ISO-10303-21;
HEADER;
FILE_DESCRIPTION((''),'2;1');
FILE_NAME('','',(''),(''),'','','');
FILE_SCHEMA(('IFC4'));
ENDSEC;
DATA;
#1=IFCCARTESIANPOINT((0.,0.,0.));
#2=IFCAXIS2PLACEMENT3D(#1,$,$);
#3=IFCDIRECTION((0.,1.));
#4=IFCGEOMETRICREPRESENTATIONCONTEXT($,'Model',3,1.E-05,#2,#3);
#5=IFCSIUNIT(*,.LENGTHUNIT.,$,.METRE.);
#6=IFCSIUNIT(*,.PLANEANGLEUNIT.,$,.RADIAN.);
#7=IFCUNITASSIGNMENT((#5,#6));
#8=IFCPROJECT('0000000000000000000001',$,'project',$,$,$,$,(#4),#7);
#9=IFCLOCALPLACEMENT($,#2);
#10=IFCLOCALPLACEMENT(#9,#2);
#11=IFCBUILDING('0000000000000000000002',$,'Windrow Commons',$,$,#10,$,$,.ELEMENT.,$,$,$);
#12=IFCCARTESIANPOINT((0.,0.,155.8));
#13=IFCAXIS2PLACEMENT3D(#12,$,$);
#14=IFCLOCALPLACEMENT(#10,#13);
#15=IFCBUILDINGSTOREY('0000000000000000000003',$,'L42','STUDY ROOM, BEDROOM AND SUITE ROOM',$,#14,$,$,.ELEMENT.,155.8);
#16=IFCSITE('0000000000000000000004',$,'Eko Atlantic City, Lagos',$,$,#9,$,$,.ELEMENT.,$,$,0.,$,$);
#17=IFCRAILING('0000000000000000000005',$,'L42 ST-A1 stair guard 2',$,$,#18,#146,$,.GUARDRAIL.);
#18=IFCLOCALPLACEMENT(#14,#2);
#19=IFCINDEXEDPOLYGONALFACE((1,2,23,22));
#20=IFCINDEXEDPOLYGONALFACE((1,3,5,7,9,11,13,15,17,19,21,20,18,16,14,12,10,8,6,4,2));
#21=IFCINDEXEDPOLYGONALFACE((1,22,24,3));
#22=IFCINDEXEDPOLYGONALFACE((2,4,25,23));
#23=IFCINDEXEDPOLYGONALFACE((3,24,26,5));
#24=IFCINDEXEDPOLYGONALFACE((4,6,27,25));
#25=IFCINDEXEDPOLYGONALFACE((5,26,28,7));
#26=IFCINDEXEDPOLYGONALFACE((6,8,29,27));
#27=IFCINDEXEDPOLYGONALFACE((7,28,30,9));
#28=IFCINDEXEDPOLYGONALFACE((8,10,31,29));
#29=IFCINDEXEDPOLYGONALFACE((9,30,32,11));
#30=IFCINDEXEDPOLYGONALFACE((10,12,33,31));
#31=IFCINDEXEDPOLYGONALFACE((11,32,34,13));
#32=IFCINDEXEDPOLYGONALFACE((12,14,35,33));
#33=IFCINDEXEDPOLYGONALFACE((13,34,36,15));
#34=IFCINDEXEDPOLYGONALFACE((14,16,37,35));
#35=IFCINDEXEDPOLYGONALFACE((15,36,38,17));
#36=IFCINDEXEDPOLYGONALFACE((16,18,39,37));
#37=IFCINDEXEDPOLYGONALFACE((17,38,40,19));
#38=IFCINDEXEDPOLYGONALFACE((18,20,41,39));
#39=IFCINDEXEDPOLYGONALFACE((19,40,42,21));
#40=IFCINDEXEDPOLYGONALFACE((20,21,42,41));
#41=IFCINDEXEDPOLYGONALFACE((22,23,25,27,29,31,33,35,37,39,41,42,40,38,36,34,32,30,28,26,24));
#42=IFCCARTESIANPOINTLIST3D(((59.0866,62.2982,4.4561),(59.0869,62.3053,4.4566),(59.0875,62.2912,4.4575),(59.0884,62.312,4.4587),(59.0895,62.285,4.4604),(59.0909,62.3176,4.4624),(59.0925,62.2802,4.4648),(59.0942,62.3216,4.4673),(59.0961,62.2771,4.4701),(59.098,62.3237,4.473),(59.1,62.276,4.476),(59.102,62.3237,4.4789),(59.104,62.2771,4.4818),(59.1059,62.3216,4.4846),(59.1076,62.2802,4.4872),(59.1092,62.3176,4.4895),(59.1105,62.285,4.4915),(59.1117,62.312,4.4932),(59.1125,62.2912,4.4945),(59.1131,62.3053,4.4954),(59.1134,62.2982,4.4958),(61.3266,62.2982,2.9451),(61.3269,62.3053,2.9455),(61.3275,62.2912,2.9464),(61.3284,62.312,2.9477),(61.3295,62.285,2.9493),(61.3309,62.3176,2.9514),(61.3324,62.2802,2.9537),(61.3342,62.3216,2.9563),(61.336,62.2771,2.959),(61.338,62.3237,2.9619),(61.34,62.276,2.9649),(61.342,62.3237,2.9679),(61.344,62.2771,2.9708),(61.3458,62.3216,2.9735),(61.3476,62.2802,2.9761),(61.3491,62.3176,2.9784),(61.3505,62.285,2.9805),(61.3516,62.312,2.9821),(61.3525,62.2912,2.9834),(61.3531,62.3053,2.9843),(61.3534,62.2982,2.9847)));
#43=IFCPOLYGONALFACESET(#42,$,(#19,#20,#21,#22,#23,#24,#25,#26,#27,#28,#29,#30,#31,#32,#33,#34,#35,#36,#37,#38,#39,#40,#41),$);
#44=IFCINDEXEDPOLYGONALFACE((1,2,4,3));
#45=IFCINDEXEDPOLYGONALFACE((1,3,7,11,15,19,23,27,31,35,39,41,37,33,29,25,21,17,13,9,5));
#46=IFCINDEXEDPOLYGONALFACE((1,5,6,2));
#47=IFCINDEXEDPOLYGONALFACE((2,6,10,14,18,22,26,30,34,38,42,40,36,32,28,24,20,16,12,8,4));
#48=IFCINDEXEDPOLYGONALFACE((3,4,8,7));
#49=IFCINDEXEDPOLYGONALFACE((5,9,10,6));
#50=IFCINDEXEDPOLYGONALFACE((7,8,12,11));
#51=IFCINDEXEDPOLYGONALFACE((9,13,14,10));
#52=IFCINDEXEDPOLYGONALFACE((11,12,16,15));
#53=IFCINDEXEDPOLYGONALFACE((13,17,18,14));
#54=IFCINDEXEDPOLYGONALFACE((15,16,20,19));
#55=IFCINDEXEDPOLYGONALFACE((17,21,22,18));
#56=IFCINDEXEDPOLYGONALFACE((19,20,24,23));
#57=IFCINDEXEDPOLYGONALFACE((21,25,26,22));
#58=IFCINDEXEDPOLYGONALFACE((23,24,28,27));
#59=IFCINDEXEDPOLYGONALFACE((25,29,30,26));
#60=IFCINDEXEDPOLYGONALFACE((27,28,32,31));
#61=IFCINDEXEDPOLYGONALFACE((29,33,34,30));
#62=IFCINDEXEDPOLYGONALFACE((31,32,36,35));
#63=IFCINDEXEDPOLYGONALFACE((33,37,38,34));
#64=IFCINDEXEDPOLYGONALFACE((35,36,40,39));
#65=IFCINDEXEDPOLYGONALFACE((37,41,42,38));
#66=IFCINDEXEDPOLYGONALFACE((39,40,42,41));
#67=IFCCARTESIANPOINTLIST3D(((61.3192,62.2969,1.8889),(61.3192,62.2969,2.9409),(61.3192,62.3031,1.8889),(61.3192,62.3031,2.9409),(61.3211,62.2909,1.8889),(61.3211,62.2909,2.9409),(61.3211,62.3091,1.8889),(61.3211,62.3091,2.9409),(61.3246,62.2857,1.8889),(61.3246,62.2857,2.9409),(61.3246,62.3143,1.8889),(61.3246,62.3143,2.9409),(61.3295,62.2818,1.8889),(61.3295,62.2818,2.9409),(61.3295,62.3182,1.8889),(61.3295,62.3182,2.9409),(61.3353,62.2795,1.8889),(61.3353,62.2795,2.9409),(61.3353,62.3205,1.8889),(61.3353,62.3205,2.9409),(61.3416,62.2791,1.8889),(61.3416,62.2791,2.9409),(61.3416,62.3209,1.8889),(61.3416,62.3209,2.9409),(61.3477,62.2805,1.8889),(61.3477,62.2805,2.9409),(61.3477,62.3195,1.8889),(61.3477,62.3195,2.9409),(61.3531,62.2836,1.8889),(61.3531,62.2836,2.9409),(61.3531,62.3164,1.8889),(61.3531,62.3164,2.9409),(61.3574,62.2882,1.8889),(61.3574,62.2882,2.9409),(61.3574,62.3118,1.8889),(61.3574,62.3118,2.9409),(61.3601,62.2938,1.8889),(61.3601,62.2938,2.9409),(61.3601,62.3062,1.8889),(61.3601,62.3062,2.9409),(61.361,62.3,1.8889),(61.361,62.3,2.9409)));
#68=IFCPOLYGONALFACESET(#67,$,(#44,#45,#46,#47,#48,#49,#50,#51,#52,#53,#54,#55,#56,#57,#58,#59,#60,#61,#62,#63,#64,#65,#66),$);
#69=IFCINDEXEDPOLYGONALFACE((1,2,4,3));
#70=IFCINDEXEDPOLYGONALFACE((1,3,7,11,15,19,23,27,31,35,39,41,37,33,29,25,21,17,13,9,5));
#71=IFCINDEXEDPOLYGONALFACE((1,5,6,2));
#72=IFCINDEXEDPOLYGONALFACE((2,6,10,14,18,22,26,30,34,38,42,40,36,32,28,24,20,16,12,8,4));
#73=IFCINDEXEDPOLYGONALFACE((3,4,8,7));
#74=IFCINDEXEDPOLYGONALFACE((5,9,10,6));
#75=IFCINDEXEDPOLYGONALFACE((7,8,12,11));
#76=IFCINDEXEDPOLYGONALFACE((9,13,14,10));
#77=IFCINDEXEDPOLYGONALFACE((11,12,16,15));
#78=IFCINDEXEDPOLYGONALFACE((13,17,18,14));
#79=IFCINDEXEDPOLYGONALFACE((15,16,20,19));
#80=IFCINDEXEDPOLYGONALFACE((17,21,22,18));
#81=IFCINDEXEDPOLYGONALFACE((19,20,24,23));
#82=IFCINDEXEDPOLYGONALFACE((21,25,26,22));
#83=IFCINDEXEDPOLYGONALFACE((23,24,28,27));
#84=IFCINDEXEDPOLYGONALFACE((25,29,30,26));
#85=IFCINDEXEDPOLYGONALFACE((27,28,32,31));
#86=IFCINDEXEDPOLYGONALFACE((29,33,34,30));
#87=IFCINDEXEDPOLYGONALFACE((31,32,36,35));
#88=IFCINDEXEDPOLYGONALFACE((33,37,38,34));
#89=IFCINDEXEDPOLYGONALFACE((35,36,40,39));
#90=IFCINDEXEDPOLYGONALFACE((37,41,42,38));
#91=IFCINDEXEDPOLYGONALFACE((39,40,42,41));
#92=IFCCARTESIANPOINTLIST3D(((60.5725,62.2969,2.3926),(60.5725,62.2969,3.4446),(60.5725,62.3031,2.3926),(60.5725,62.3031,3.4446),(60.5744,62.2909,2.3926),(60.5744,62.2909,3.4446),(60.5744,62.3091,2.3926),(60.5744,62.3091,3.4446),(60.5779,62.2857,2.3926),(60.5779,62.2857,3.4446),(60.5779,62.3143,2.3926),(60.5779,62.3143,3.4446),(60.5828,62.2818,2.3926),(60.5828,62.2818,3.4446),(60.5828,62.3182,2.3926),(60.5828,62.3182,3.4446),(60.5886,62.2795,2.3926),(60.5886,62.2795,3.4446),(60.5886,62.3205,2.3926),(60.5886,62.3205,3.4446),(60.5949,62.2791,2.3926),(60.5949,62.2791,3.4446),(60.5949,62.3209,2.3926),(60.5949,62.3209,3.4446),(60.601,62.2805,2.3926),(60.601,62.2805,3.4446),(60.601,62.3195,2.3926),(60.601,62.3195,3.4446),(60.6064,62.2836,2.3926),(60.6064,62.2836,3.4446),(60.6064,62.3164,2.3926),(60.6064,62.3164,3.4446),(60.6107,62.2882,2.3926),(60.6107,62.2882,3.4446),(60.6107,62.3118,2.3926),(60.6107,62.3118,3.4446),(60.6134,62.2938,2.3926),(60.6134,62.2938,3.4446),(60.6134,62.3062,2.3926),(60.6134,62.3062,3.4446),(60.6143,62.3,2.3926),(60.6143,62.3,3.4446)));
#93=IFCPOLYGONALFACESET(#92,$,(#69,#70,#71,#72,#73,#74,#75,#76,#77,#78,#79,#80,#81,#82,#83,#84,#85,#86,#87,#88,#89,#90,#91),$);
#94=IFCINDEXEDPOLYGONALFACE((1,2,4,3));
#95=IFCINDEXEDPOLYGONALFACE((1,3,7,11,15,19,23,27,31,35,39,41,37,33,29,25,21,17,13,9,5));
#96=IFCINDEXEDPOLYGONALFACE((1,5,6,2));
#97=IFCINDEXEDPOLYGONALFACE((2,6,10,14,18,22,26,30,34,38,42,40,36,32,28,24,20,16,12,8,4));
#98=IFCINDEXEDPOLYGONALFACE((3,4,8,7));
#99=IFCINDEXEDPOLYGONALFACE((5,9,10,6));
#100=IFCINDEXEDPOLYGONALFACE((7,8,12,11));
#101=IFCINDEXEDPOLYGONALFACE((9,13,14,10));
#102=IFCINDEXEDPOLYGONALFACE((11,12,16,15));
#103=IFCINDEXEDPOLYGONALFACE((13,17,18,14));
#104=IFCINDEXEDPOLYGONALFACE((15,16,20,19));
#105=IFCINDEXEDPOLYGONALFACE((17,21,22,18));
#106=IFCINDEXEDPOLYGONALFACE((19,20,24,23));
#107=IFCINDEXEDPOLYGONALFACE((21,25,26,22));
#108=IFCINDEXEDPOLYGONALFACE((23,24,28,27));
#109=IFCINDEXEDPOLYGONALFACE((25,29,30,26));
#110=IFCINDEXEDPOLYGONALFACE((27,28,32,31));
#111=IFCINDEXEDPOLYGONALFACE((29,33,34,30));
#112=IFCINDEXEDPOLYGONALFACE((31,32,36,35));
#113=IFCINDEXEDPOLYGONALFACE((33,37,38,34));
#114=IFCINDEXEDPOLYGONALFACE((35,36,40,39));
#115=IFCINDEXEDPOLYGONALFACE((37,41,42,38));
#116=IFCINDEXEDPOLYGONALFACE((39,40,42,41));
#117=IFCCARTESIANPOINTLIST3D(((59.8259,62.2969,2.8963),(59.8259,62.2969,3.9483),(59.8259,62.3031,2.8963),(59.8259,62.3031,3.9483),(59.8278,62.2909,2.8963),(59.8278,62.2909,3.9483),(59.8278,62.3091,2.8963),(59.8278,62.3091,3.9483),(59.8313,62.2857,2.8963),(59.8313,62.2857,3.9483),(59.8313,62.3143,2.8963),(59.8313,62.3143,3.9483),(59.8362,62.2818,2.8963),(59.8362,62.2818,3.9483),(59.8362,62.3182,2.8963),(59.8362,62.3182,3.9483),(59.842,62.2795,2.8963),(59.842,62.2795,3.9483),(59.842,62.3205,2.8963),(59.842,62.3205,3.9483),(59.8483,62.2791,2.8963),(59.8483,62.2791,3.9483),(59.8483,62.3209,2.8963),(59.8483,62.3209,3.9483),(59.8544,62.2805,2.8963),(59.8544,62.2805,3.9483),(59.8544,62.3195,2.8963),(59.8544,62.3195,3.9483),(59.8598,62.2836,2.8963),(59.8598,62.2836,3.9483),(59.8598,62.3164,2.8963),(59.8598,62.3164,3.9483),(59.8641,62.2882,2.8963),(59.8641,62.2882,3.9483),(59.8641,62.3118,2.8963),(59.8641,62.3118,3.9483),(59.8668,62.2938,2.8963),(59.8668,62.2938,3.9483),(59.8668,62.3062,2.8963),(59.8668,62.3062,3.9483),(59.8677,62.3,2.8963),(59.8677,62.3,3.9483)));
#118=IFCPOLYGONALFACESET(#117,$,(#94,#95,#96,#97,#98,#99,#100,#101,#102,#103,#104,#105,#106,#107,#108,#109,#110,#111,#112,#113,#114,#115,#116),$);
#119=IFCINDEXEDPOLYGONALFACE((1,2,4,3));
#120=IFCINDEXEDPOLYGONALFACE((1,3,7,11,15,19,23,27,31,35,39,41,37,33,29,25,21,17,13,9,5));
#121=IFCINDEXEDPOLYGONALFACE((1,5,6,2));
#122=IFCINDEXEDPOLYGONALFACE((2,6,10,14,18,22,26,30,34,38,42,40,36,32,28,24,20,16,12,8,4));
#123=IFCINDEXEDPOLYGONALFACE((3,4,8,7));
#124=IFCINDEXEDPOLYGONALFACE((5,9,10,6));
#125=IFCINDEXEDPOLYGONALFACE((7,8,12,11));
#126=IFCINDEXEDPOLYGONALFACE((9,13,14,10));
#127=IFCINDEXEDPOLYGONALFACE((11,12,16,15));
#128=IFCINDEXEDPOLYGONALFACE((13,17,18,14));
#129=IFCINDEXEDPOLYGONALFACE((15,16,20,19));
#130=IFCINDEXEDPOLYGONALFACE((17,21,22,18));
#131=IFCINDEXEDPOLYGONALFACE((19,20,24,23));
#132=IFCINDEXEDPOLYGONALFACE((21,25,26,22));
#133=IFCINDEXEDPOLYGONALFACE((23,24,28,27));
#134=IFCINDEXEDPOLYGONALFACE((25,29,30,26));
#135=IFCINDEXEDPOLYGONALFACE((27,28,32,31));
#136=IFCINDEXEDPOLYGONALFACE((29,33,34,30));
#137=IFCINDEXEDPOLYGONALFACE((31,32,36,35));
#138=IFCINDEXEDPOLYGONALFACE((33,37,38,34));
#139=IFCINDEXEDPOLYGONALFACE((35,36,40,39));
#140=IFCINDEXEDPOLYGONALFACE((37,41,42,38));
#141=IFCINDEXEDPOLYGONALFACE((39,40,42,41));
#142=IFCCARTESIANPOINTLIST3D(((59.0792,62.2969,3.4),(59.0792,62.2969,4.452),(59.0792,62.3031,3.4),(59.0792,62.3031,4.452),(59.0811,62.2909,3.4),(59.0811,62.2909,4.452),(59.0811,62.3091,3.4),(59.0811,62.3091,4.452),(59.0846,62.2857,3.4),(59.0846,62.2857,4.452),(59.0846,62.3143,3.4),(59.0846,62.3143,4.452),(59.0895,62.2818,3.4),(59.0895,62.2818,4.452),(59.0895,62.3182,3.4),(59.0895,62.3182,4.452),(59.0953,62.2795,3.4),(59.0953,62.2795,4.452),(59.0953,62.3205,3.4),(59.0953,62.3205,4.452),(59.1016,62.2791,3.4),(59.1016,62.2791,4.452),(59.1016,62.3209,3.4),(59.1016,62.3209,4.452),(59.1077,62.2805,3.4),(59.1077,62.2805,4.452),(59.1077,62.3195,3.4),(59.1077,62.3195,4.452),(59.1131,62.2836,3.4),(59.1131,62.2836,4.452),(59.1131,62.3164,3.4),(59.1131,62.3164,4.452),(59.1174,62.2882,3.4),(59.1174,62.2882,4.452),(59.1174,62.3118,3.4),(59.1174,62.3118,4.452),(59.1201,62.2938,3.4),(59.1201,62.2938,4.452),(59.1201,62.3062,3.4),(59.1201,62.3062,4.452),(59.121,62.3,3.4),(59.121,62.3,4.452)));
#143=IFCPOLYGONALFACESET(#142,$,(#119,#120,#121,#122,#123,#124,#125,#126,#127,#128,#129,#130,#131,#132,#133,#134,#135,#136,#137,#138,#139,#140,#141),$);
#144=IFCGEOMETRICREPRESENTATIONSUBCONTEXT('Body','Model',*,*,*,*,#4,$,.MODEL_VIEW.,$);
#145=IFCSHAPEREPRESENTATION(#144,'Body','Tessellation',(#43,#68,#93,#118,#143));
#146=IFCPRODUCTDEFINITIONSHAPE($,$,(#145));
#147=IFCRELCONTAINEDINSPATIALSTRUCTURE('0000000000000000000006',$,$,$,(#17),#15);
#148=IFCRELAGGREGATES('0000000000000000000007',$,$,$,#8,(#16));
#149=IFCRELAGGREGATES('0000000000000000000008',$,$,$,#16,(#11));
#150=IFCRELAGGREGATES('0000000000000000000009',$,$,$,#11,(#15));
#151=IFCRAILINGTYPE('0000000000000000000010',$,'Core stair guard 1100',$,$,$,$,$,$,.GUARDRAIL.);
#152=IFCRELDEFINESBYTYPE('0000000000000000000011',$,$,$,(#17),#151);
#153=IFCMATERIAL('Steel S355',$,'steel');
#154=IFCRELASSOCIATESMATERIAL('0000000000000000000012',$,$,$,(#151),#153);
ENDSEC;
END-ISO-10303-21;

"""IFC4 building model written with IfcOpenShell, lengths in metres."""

from ifc_helpers import new_model, si_unit, direction, frame, origin, origin_2d, place, context, subcontext, project, spatial, circle, extrude, material, type_object, element, save


model = new_model("IFC4")

# Units and contexts
model_context = context("Model", 3, precision=1e-05, world=origin(), true_north=direction((0.0, 1.0)))
body_context = subcontext(model_context, "Body", "Model", "MODEL_VIEW")
ifc_project = project(units=[si_unit("LENGTHUNIT", "METRE"), si_unit("PLANEANGLEUNIT", "RADIAN")], contexts=[model_context])

# Site, building, storey
site_placement = place(None, origin())
site = spatial("IfcSite", under=ifc_project, at=site_placement, Name="Eko Atlantic City, Lagos", CompositionType="ELEMENT", RefElevation=0.0)
building_placement = place(site_placement, origin())
building = spatial("IfcBuilding", under=site, at=building_placement, Name="Windrow Commons", CompositionType="ELEMENT")
storey_placement = place(building_placement, frame((0.0, 0.0, 155.8)))
storey = spatial("IfcBuildingStorey", under=building, at=storey_placement, Name="L42", Description="STUDY ROOM, BEDROOM AND SUITE ROOM", CompositionType="ELEMENT", Elevation=155.8)

# Railing
ifc_material_1 = material(Name="Steel S355", Category="steel")
railing_type_1 = type_object("IfcRailingType", Name="Core stair guard 1100", PredefinedType="GUARDRAIL", material=ifc_material_1)
railing_1_placement = place(storey_placement, frame((61.34, 62.3, 1.8889)))
element("IfcRailing", 1, at=railing_1_placement, inside=storey, type_object=railing_type_1, Name="L42 ST-A1 stair guard 2", PredefinedType="GUARDRAIL", context=body_context, shape_type="SweptSolid", body=[
    extrude(circle(Radius=0.024, at=origin_2d()), frame((0.0, 0.0, 1.076), z_axis=(-0.829003, 0.0, 0.559244), x_axis=(0.0, -1.0, 0.0)), (0.0, 0.0, 1.0), 2.702),
    extrude(circle(Radius=0.021, at=origin_2d()), origin(), (0.0, 0.0, 1.0), 1.052),
    extrude(circle(Radius=0.021, at=origin_2d()), frame((-0.7467, 0.0, 0.5037)), (0.0, 0.0, 1.0), 1.052),
    extrude(circle(Radius=0.021, at=origin_2d()), frame((-1.4933, 0.0, 1.0074)), (0.0, 0.0, 1.0), 1.052),
    extrude(circle(Radius=0.021, at=origin_2d()), frame((-2.24, 0.0, 1.5111)), (0.0, 0.0, 1.0), 1.052),
])

save(model, "model.ifc")
